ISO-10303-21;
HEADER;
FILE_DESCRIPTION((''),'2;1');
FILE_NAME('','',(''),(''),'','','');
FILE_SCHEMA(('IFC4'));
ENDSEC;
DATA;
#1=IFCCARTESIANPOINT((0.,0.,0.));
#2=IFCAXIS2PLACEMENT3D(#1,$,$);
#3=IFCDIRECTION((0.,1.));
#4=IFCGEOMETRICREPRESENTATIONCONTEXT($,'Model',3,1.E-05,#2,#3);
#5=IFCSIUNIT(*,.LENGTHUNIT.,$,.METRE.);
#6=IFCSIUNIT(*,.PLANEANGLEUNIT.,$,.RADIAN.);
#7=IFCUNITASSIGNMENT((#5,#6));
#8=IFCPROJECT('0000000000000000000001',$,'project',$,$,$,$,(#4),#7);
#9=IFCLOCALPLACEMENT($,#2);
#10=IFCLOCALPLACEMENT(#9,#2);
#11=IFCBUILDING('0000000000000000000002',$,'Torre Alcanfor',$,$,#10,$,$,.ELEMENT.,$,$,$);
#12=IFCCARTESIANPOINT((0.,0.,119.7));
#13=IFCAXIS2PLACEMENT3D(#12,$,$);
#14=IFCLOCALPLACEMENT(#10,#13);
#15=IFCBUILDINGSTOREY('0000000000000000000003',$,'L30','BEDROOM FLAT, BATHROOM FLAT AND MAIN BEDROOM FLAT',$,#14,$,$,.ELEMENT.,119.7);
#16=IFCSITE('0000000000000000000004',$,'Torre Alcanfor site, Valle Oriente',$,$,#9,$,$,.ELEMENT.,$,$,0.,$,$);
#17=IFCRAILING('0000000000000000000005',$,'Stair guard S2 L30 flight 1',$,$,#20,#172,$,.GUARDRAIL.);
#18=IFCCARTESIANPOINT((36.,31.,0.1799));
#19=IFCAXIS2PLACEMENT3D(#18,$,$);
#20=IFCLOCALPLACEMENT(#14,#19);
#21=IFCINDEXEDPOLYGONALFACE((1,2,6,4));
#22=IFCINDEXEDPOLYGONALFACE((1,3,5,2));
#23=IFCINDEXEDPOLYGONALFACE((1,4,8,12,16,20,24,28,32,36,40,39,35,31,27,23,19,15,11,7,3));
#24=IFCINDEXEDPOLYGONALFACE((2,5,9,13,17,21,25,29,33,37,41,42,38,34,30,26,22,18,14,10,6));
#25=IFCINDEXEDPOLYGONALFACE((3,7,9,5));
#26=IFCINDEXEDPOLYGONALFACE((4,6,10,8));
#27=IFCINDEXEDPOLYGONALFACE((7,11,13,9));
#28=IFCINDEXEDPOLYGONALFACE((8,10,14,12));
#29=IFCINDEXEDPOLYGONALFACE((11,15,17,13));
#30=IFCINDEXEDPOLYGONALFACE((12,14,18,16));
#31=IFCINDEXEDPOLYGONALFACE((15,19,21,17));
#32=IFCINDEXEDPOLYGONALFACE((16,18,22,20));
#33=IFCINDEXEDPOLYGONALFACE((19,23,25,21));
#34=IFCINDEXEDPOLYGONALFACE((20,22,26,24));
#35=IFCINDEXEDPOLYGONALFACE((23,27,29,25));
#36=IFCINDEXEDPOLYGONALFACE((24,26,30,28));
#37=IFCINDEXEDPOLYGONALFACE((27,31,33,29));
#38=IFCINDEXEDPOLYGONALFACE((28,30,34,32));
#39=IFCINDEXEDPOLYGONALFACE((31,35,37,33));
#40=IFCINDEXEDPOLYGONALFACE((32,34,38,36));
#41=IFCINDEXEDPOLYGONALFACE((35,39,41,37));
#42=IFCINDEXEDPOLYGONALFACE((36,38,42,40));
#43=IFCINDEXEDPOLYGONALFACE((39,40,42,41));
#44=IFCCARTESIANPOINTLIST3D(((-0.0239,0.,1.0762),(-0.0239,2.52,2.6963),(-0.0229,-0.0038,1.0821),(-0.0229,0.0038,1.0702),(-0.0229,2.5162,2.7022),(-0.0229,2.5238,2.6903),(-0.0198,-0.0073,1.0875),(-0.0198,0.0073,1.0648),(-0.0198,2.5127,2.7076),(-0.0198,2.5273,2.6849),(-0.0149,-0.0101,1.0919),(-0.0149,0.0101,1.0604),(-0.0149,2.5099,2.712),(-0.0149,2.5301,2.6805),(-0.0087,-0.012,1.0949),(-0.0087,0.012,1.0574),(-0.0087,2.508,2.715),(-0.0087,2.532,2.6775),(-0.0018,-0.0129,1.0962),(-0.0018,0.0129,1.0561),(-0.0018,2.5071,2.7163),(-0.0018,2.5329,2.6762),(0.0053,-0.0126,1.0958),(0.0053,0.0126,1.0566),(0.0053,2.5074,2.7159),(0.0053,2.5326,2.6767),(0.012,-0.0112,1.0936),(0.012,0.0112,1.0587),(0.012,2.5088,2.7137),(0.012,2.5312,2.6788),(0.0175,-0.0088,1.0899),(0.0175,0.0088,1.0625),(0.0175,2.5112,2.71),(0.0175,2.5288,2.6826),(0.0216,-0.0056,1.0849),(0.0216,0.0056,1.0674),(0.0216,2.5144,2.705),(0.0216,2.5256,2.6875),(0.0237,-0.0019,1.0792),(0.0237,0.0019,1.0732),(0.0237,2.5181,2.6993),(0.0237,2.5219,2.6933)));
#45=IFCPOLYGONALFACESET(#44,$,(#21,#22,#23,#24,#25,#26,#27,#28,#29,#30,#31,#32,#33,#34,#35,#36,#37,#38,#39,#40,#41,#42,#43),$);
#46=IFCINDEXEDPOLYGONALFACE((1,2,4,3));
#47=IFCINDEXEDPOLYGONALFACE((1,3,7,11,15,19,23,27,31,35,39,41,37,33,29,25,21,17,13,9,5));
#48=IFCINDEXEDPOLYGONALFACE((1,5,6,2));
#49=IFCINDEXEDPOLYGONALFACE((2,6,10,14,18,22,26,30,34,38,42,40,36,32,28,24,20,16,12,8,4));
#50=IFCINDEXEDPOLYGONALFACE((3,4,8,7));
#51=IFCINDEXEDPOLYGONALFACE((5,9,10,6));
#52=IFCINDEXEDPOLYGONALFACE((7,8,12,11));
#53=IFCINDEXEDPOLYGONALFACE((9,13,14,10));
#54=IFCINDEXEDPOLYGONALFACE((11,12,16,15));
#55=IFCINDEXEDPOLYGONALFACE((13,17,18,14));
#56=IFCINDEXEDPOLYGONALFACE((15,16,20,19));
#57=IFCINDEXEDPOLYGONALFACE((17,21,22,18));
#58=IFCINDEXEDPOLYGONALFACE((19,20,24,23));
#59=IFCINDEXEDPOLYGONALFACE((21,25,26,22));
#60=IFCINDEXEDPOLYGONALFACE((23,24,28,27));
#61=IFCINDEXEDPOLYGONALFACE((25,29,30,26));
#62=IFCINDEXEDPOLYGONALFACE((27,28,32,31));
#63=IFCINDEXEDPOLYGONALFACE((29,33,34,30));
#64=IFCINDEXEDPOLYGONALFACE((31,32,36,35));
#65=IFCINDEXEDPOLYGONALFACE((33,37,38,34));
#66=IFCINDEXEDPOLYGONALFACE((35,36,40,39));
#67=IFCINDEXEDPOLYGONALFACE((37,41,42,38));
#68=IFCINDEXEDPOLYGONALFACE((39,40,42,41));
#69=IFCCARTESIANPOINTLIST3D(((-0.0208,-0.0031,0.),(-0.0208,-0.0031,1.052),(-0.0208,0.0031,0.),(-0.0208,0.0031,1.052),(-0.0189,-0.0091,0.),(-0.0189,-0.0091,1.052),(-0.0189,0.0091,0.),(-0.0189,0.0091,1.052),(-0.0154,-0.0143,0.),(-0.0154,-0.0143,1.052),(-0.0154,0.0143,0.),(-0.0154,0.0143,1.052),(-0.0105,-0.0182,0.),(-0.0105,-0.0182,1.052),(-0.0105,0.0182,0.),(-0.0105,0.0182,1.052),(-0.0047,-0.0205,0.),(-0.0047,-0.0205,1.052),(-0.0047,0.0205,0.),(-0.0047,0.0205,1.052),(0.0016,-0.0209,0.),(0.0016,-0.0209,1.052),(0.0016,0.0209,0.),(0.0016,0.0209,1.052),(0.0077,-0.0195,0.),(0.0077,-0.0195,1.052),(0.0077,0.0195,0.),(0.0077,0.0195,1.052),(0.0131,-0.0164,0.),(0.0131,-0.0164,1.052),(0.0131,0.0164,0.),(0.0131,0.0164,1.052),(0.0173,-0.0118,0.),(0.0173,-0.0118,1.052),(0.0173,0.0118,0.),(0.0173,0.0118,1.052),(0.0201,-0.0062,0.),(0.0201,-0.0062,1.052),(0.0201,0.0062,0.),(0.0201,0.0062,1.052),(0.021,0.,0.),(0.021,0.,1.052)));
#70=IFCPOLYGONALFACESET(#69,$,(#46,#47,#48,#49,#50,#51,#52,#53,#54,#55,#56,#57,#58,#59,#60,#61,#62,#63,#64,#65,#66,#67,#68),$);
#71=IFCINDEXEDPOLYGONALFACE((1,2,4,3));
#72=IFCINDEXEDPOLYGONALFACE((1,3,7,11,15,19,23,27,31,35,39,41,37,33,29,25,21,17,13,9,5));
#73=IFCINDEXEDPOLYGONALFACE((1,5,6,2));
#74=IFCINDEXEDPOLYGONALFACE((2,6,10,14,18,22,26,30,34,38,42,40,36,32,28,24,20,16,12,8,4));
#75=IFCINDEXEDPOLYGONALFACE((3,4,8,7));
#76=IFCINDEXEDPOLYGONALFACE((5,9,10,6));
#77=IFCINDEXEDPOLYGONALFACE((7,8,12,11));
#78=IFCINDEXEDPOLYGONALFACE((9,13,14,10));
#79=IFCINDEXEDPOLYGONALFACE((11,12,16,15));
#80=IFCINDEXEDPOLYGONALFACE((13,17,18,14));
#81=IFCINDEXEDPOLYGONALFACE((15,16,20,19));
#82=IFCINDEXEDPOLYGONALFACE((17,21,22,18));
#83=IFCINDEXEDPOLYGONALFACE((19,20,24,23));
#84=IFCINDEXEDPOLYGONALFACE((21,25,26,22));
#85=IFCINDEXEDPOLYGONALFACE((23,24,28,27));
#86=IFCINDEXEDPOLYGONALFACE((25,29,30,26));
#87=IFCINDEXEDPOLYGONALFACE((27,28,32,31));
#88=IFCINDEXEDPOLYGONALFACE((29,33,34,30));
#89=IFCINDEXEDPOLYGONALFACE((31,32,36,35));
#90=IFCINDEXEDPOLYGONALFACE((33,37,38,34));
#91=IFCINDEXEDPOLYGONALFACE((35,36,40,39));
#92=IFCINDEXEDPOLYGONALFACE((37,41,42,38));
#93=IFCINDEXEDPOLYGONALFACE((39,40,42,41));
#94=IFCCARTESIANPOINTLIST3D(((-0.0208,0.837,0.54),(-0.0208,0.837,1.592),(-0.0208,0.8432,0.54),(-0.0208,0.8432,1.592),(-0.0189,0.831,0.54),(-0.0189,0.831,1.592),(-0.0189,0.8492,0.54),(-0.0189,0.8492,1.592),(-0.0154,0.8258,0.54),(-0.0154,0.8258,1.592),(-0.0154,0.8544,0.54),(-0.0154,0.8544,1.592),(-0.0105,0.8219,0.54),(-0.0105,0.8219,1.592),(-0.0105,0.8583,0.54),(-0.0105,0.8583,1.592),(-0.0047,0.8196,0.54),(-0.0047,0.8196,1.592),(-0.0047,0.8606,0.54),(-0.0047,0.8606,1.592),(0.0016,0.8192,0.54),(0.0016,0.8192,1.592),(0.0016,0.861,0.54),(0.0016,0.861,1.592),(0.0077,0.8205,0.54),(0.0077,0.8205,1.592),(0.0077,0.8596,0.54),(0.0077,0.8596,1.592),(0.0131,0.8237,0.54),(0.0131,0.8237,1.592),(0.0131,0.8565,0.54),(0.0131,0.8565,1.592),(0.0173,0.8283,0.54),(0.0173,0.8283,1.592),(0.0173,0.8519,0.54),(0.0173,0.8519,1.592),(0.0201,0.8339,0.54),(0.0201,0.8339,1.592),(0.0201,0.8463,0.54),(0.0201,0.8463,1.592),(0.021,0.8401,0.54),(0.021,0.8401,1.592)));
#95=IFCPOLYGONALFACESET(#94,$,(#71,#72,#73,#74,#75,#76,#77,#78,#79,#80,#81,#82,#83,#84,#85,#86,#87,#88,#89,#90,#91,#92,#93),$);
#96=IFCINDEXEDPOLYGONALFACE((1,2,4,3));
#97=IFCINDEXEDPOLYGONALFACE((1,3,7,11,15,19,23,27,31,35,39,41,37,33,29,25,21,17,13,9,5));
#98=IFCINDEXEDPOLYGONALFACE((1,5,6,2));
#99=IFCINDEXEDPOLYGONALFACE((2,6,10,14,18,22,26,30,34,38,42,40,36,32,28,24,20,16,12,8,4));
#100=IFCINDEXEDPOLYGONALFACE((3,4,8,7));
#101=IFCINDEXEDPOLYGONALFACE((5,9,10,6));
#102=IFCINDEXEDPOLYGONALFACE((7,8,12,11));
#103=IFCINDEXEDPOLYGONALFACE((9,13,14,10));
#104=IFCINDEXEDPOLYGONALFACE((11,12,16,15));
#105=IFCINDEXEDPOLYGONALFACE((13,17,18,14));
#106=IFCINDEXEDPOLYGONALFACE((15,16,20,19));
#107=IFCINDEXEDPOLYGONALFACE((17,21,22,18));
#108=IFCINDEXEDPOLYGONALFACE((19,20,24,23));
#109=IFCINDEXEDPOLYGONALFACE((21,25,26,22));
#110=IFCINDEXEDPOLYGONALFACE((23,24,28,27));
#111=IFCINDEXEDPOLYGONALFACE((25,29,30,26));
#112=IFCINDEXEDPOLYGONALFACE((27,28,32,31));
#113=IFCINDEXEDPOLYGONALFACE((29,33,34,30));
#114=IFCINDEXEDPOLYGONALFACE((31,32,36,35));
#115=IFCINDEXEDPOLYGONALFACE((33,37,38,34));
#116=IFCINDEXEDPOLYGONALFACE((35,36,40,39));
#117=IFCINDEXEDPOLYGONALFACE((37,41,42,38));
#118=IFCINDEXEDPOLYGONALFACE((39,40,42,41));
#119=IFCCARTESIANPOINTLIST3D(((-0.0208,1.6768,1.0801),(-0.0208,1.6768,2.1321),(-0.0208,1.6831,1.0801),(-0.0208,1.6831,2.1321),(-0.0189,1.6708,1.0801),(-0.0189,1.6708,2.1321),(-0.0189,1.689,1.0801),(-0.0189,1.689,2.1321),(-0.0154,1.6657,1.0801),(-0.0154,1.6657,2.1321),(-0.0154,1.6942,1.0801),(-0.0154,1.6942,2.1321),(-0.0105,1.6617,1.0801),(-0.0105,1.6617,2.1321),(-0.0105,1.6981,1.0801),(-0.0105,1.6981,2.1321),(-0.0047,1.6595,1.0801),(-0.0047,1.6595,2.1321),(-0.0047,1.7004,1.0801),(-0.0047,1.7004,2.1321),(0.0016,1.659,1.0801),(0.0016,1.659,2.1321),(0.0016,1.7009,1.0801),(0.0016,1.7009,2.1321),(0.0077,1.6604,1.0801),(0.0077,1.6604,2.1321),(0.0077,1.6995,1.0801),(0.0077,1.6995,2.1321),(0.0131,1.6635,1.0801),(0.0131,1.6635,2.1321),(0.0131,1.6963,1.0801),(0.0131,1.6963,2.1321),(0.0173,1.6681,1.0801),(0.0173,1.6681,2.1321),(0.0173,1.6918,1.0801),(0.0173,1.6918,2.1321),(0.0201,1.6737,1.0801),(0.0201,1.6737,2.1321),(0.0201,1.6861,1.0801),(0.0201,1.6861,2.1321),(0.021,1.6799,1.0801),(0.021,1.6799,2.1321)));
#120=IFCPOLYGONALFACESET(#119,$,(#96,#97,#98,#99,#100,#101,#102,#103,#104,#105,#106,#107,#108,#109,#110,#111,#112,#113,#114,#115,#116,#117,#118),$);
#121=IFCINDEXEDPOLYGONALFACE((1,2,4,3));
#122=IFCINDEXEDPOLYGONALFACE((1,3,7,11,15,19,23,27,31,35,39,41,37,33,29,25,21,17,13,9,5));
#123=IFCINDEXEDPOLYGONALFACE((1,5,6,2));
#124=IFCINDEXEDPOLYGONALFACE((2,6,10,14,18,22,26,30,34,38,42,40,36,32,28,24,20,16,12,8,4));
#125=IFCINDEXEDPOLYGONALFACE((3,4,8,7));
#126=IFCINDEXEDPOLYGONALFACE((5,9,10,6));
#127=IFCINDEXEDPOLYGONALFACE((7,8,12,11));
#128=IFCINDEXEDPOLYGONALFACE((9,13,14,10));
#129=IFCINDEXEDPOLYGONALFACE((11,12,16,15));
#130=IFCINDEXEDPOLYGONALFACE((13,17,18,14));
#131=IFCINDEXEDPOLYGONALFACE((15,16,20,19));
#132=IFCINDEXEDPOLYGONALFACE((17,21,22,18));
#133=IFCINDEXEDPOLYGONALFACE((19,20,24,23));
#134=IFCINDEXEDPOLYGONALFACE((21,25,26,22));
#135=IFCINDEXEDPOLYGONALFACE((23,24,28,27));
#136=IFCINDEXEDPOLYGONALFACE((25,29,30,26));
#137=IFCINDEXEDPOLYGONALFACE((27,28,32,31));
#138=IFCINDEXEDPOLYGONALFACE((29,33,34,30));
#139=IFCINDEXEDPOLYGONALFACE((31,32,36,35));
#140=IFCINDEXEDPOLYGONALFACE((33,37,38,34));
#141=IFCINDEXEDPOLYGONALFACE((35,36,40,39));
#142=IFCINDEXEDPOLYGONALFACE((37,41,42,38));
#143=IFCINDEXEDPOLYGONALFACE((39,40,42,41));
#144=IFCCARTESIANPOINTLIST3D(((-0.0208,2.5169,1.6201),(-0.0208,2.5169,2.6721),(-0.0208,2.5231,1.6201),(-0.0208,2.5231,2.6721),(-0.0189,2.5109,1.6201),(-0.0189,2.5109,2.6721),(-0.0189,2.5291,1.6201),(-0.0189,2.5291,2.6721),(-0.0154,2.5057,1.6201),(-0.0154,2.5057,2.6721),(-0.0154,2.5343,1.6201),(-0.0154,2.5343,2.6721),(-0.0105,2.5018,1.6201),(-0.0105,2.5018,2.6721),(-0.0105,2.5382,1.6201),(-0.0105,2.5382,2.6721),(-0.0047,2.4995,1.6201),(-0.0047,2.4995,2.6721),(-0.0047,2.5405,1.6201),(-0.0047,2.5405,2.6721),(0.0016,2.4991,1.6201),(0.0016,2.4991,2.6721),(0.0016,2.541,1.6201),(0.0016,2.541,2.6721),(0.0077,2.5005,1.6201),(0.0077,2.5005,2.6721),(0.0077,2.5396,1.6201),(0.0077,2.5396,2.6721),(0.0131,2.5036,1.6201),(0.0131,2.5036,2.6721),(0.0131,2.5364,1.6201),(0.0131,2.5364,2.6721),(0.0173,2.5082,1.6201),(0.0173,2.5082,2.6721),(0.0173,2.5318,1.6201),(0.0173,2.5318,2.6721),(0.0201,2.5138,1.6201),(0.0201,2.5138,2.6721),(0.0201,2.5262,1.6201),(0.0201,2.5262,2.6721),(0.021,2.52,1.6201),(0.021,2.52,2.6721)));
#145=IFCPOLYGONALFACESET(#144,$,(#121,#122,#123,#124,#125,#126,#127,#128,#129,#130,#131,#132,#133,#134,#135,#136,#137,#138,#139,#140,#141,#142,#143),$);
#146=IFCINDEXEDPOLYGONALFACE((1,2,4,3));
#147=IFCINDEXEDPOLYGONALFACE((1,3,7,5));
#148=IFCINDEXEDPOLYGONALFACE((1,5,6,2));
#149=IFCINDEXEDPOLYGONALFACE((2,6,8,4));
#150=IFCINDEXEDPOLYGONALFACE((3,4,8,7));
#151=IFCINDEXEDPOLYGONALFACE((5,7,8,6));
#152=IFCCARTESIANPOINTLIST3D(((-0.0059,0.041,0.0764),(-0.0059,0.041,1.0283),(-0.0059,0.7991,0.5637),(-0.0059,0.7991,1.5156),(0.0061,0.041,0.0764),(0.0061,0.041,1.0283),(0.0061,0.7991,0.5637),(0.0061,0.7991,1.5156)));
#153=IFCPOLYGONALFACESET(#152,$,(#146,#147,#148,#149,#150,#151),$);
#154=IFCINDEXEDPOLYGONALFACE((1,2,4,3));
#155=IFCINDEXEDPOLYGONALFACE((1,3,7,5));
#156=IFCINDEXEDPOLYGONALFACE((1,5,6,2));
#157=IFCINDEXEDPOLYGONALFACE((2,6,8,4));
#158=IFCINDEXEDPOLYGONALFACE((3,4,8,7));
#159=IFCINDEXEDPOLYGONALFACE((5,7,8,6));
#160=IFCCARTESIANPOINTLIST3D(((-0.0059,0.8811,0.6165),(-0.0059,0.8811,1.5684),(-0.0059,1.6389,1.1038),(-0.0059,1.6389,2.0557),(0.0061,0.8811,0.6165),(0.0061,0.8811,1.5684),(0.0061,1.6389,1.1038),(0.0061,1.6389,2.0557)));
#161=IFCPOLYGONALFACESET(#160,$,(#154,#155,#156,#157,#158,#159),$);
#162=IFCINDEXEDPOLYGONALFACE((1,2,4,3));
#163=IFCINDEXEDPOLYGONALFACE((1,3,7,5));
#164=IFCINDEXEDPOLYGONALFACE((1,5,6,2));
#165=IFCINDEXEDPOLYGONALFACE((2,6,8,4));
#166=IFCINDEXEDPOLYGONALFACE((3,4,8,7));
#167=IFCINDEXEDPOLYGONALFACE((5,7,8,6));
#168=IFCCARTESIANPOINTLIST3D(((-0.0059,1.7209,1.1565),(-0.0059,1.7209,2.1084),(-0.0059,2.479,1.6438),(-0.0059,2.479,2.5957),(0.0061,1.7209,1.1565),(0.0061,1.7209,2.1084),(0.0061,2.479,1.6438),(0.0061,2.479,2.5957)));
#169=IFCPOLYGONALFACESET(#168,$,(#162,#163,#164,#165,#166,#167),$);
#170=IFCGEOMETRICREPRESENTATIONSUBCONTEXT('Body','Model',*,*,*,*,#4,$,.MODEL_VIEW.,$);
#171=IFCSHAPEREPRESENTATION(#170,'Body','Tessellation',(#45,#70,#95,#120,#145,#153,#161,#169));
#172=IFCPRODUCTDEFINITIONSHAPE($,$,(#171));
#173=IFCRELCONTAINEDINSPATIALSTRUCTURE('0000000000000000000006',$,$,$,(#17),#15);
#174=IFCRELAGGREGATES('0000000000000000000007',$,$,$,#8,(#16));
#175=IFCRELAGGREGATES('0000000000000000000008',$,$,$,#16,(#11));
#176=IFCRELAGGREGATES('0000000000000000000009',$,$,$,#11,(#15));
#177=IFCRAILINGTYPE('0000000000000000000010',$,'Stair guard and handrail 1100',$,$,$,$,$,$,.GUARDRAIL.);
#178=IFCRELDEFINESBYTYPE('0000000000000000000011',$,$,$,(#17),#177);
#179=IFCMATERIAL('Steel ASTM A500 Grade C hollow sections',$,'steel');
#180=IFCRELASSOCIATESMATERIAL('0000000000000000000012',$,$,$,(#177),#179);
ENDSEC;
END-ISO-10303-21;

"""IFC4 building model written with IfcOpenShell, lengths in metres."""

from ifc_helpers import new_model, si_unit, direction, frame, origin, origin_2d, place, context, subcontext, project, spatial, polyline, circle, outline, extrude, material, type_object, element, save


model = new_model("IFC4")

# Units and contexts
model_context = context("Model", 3, precision=1e-05, world=origin(), true_north=direction((0.0, 1.0)))
body_context = subcontext(model_context, "Body", "Model", "MODEL_VIEW")
ifc_project = project(units=[si_unit("LENGTHUNIT", "METRE"), si_unit("PLANEANGLEUNIT", "RADIAN")], contexts=[model_context])

# Site, building, storey
site_placement = place(None, origin())
site = spatial("IfcSite", under=ifc_project, at=site_placement, Name="Torre Alcanfor site, Valle Oriente", CompositionType="ELEMENT", RefElevation=0.0)
building_placement = place(site_placement, origin())
building = spatial("IfcBuilding", under=site, at=building_placement, Name="Torre Alcanfor", CompositionType="ELEMENT")
storey_placement = place(building_placement, frame((0.0, 0.0, 119.7)))
storey = spatial("IfcBuildingStorey", under=building, at=storey_placement, Name="L30", Description="BEDROOM FLAT, BATHROOM FLAT AND MAIN BEDROOM FLAT", CompositionType="ELEMENT", Elevation=119.7)

# Railing
ifc_material_1 = material(Name="Steel ASTM A500 Grade C hollow sections", Category="steel")
railing_type_1 = type_object("IfcRailingType", Name="Stair guard and handrail 1100", PredefinedType="GUARDRAIL", material=ifc_material_1)
railing_1_placement = place(storey_placement, frame((36.0, 31.0, 0.1799)))
element("IfcRailing", 1, at=railing_1_placement, inside=storey, type_object=railing_type_1, Name="Stair guard S2 L30 flight 1", PredefinedType="GUARDRAIL", context=body_context, shape_type="SweptSolid", body=[
    extrude(circle(Radius=0.0239, at=origin_2d()), frame((0.0, 0.0, 1.0762), z_axis=(0.0, 0.841163, 0.540782), x_axis=(-1.0, 0.0, 0.0)), (0.0, 0.0, 1.0), 2.9958),
    extrude(circle(Radius=0.021, at=origin_2d()), origin(), (0.0, 0.0, 1.0), 1.052),
    extrude(circle(Radius=0.021, at=origin_2d()), frame((0.0, 0.8401, 0.54)), (0.0, 0.0, 1.0), 1.052),
    extrude(circle(Radius=0.021, at=origin_2d()), frame((0.0, 1.6799, 1.0801)), (0.0, 0.0, 1.0), 1.052),
    extrude(circle(Radius=0.021, at=origin_2d()), frame((0.0, 2.52, 1.6201)), (0.0, 0.0, 1.0), 1.052),
    extrude(outline(polyline([(0.041, 0.0764), (0.7991, 0.5637), (0.7991, 1.5156), (0.041, 1.0283), (0.041, 0.0764)])), frame((-0.0059, 0.0, 0.0), z_axis=(1.0, 0.0, 0.0), x_axis=(0.0, 1.0, 0.0)), (0.0, 0.0, 1.0), 0.012),
    extrude(outline(polyline([(0.8811, 0.6165), (1.6389, 1.1038), (1.6389, 2.0557), (0.8811, 1.5684), (0.8811, 0.6165)])), frame((-0.0059, 0.0, 0.0), z_axis=(1.0, 0.0, 0.0), x_axis=(0.0, 1.0, 0.0)), (0.0, 0.0, 1.0), 0.012),
    extrude(outline(polyline([(1.7209, 1.1565), (2.479, 1.6438), (2.479, 2.5957), (1.7209, 2.1084), (1.7209, 1.1565)])), frame((-0.0059, 0.0, 0.0), z_axis=(1.0, 0.0, 0.0), x_axis=(0.0, 1.0, 0.0)), (0.0, 0.0, 1.0), 0.012),
])

save(model, "model.ifc")
